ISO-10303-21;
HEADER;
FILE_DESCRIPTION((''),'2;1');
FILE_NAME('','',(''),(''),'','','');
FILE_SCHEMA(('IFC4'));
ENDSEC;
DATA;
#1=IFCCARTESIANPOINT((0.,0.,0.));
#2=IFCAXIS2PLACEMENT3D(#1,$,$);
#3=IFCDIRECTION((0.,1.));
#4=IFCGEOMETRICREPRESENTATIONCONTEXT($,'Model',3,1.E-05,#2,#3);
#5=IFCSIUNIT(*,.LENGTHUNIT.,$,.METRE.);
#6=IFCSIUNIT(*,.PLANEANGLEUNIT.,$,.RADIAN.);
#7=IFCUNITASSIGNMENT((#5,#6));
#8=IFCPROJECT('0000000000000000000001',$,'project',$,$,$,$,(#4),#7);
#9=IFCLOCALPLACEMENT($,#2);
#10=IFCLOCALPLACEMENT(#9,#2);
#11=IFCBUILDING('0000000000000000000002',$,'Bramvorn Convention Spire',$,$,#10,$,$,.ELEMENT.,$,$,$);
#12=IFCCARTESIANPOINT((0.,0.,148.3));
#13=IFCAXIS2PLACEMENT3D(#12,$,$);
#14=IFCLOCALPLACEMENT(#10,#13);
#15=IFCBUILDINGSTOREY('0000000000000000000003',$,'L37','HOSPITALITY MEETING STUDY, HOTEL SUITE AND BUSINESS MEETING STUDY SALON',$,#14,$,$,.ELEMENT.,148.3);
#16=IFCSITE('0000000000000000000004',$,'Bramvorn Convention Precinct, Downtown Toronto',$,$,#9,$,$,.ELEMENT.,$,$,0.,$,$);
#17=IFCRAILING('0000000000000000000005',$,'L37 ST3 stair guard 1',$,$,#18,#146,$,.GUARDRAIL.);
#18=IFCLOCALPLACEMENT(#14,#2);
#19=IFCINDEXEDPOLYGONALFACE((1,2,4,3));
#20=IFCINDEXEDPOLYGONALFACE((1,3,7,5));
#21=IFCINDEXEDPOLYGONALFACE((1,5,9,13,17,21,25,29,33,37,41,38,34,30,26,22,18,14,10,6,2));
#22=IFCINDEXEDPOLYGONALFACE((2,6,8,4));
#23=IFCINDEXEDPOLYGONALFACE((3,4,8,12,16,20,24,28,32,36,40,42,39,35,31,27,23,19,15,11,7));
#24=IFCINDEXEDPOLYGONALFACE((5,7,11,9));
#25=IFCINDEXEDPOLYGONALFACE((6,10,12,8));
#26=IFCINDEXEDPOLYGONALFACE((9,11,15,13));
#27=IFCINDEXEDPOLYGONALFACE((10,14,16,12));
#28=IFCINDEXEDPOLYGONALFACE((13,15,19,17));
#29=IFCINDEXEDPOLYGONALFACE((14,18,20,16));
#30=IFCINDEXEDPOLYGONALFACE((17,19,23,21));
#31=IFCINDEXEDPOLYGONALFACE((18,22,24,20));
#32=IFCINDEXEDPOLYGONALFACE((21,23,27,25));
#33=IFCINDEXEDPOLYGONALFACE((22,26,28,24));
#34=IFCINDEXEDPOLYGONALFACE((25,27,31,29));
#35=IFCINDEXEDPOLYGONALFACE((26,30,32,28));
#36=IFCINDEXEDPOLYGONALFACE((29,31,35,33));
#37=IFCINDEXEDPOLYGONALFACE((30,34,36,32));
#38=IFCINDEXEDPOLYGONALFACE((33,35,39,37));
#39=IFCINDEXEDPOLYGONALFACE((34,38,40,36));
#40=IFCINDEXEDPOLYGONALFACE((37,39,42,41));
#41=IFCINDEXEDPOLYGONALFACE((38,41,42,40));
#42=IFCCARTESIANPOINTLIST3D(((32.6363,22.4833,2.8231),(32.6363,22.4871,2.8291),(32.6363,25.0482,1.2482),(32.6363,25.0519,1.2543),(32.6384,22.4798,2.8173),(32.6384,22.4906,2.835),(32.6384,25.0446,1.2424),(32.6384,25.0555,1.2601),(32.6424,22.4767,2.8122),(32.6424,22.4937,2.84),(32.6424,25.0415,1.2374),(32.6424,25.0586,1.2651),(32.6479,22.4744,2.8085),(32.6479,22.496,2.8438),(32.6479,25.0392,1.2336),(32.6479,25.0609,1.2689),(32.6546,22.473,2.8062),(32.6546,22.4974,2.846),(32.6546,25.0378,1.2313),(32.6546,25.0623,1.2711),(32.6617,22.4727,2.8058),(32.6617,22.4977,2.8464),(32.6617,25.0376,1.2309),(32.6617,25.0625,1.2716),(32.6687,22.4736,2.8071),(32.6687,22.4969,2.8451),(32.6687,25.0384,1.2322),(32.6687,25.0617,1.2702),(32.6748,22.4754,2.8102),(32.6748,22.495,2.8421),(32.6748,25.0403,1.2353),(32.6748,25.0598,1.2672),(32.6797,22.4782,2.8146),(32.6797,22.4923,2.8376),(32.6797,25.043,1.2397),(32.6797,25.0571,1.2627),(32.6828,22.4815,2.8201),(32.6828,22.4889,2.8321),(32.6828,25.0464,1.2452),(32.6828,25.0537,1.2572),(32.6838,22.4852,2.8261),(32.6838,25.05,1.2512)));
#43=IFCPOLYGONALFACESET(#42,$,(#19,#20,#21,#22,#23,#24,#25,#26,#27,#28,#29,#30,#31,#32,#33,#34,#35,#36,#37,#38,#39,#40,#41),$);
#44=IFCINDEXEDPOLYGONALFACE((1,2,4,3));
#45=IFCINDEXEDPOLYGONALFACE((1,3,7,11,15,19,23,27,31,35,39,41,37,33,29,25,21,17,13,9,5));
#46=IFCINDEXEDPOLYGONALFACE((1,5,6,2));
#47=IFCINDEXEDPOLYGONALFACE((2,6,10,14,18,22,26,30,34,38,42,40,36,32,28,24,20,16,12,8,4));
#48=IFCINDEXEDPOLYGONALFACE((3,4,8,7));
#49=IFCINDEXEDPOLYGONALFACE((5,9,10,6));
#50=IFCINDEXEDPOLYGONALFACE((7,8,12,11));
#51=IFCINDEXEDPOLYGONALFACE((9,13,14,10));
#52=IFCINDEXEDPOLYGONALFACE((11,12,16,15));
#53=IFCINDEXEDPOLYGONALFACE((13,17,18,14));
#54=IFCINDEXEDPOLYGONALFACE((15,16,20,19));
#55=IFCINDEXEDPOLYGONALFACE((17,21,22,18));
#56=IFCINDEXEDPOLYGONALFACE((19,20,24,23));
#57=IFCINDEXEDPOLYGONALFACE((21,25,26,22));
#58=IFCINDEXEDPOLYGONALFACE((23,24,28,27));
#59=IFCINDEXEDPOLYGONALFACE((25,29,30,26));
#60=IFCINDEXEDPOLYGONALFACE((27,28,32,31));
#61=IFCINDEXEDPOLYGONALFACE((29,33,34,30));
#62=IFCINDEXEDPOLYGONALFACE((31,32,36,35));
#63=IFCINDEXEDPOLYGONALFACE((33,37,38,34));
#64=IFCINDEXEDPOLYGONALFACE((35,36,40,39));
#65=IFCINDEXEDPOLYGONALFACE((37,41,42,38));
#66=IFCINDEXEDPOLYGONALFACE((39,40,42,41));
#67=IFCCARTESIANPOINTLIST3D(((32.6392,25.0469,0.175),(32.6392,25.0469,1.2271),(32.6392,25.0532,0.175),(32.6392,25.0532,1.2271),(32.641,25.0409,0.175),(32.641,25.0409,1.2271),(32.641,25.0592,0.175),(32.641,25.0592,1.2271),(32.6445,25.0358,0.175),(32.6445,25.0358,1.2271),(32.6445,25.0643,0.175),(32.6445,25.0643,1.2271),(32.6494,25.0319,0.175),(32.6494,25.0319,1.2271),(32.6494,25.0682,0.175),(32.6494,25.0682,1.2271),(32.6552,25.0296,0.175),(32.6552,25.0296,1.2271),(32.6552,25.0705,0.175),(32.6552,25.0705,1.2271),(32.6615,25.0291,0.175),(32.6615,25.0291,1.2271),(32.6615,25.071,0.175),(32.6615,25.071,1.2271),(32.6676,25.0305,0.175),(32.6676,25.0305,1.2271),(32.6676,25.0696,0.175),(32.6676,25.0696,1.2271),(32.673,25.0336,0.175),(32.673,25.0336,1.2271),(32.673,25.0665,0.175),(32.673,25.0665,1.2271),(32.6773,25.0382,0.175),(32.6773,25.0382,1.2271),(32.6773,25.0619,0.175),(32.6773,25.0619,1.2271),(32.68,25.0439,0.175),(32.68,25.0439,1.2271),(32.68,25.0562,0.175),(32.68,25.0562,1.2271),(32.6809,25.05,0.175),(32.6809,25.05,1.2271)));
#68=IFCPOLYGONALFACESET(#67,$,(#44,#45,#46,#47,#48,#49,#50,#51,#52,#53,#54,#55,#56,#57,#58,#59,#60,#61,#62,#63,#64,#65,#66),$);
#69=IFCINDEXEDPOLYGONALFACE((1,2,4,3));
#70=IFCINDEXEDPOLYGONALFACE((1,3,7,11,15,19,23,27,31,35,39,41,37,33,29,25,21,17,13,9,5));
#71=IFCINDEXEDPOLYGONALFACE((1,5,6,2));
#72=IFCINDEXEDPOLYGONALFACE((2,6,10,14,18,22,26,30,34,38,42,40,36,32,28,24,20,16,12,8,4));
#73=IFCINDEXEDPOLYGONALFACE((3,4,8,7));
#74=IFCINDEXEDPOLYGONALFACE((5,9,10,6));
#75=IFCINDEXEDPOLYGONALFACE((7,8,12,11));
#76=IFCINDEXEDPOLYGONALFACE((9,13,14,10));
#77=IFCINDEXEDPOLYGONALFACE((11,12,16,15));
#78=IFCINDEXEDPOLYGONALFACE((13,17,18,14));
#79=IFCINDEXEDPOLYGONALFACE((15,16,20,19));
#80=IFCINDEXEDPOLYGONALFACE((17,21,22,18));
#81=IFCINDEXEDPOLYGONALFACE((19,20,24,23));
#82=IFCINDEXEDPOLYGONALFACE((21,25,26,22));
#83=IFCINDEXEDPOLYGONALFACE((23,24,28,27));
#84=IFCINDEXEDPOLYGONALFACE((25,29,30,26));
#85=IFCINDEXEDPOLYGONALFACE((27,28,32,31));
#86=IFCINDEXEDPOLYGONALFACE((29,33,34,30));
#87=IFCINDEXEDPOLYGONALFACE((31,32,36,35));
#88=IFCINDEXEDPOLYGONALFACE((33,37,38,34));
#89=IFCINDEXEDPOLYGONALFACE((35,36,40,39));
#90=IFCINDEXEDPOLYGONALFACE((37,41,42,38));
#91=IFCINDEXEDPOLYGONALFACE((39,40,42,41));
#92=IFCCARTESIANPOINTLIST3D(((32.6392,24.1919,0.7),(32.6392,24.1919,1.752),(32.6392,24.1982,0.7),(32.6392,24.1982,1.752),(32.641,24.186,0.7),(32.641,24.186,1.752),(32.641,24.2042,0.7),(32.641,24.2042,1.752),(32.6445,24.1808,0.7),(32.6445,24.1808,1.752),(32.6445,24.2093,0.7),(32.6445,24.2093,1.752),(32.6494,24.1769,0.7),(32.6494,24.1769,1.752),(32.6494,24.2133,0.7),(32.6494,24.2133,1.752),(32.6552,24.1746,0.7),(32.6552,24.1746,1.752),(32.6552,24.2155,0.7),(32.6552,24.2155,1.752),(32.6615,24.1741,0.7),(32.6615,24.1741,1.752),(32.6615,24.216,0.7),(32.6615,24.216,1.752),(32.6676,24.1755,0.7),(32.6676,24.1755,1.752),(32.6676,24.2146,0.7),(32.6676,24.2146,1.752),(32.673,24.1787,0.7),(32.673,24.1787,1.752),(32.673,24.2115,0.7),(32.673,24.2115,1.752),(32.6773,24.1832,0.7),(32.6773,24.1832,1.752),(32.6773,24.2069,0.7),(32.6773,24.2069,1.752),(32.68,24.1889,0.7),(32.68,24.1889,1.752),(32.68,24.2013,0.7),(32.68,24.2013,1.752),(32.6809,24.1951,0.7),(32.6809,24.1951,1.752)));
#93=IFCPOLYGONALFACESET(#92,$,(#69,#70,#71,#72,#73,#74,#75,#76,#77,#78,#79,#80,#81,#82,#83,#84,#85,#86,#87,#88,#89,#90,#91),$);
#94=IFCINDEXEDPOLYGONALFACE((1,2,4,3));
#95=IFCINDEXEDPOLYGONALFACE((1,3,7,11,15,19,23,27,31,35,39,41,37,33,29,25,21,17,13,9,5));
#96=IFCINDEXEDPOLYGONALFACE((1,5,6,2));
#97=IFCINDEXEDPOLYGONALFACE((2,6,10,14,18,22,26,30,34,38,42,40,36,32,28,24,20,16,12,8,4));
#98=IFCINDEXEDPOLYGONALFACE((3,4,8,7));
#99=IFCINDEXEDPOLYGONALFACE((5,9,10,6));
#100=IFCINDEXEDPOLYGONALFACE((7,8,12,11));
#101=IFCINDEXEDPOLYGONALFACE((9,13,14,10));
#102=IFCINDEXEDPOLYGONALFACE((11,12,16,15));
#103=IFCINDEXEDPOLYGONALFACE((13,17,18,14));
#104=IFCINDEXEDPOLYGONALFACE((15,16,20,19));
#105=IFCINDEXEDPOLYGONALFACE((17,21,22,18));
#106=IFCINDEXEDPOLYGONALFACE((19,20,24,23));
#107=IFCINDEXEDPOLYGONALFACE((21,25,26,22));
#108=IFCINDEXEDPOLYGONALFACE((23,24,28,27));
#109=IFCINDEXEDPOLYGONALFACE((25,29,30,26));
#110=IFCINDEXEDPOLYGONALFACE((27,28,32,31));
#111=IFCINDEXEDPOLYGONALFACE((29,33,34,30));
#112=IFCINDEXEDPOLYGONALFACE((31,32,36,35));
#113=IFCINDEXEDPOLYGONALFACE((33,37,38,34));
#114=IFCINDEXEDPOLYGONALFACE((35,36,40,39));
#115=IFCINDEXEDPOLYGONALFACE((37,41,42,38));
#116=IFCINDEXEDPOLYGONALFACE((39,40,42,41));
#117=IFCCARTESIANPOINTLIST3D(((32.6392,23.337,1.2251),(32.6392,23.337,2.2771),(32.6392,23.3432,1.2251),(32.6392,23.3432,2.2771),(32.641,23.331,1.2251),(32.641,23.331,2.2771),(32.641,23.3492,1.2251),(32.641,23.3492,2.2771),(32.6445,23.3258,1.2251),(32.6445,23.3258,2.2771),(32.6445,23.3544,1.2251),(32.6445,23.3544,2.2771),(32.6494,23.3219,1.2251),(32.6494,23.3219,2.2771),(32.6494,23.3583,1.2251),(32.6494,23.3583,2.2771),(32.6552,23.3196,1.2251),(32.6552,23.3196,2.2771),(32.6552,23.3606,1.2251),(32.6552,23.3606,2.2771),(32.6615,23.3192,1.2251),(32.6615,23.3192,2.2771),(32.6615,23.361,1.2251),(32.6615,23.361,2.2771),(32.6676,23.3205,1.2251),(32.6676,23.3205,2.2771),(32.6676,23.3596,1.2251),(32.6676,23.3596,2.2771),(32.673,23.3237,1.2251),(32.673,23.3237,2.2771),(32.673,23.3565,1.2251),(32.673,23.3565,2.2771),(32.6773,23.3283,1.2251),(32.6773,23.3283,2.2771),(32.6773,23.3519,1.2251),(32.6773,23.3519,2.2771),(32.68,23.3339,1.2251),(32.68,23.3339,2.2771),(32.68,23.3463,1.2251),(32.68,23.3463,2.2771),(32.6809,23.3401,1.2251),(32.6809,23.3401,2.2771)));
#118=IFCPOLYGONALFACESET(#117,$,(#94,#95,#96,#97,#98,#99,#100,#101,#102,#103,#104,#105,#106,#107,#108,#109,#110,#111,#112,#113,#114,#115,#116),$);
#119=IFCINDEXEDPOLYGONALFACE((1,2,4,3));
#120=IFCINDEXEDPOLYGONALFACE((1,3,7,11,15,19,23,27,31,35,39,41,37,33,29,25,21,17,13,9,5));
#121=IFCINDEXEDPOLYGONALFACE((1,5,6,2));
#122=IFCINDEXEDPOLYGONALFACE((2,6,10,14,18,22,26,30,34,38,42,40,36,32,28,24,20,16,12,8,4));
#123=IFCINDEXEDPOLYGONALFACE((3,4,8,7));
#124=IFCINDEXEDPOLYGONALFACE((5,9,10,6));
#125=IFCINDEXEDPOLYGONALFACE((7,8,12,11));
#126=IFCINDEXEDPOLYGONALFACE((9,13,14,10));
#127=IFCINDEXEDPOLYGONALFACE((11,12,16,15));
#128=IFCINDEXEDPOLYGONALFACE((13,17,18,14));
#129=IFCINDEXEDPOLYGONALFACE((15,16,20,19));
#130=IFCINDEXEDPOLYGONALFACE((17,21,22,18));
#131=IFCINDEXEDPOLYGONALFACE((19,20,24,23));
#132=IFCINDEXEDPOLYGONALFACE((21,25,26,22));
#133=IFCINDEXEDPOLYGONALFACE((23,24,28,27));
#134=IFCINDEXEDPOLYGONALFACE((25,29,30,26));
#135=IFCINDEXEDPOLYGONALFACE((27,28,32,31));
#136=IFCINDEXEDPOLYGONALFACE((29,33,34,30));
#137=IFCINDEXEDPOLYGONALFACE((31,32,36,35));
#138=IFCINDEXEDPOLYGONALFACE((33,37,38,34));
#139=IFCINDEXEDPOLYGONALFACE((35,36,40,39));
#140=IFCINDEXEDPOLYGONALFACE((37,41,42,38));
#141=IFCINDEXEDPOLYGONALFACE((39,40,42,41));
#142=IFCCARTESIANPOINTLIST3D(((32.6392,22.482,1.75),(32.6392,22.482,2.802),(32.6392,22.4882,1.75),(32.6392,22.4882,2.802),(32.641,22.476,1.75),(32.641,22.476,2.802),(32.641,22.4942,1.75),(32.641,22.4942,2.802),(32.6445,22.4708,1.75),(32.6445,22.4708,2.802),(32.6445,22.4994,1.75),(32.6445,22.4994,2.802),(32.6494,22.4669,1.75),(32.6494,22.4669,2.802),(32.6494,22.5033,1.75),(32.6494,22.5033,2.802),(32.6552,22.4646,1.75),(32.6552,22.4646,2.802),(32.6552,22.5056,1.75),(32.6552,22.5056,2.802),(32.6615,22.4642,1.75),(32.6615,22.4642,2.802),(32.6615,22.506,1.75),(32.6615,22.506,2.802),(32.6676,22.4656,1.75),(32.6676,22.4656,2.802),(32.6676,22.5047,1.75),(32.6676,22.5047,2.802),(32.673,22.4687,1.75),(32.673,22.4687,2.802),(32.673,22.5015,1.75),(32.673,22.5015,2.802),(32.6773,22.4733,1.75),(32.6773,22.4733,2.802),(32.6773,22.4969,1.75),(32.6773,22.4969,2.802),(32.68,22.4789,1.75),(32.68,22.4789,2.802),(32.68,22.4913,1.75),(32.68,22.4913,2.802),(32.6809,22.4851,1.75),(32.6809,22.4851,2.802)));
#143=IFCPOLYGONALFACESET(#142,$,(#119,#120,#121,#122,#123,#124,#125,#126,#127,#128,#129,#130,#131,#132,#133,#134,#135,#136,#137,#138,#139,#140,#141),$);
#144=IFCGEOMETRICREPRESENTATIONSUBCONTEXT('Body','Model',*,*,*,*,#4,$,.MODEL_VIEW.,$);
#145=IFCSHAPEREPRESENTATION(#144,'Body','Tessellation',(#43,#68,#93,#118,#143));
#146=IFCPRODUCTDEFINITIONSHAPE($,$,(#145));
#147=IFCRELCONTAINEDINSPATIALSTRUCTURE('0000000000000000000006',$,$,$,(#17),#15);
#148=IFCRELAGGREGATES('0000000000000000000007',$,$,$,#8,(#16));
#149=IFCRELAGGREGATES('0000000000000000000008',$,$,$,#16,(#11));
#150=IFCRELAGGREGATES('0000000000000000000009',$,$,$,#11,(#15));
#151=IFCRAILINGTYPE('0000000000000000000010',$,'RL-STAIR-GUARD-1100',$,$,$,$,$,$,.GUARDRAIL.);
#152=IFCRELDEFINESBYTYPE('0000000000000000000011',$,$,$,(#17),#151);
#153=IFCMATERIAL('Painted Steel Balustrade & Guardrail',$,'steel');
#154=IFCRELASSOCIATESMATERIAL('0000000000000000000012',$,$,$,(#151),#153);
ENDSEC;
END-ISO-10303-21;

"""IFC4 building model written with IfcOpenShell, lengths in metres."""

from ifc_helpers import new_model, si_unit, direction, frame, origin, origin_2d, place, context, subcontext, project, spatial, circle, extrude, material, type_object, element, save


model = new_model("IFC4")

# Units and contexts
model_context = context("Model", 3, precision=1e-05, world=origin(), true_north=direction((0.0, 1.0)))
body_context = subcontext(model_context, "Body", "Model", "MODEL_VIEW")
ifc_project = project(units=[si_unit("LENGTHUNIT", "METRE"), si_unit("PLANEANGLEUNIT", "RADIAN")], contexts=[model_context])

# Site, building, storey
site_placement = place(None, origin())
site = spatial("IfcSite", under=ifc_project, at=site_placement, Name="Bramvorn Convention Precinct, Downtown Toronto", CompositionType="ELEMENT", RefElevation=0.0)
building_placement = place(site_placement, origin())
building = spatial("IfcBuilding", under=site, at=building_placement, Name="Bramvorn Convention Spire", CompositionType="ELEMENT")
storey_placement = place(building_placement, frame((0.0, 0.0, 148.3)))
storey = spatial("IfcBuildingStorey", under=building, at=storey_placement, Name="L37", Description="HOSPITALITY MEETING STUDY, HOTEL SUITE AND BUSINESS MEETING STUDY SALON", CompositionType="ELEMENT", Elevation=148.3)

# Railing
ifc_material_1 = material(Name="Painted Steel Balustrade & Guardrail", Category="steel")
railing_type_1 = type_object("IfcRailingType", Name="RL-STAIR-GUARD-1100", PredefinedType="GUARDRAIL", material=ifc_material_1)
railing_1_placement = place(storey_placement, frame((32.6599, 25.05, 0.175)))
element("IfcRailing", 1, at=railing_1_placement, inside=storey, type_object=railing_type_1, Name="L37 ST3 stair guard 1", PredefinedType="GUARDRAIL", context=body_context, shape_type="SweptSolid", body=[
    extrude(circle(Radius=0.0239, at=origin_2d()), frame((0.0, 0.0, 1.0762), z_axis=(0.0, -0.852173, 0.52326), x_axis=(1.0, 0.0, 0.0)), (0.0, 0.0, 1.0), 3.0098),
    extrude(circle(Radius=0.021, at=origin_2d()), origin(), (0.0, 0.0, 1.0), 1.052),
    extrude(circle(Radius=0.021, at=origin_2d()), frame((0.0, -0.855, 0.5249)), (0.0, 0.0, 1.0), 1.052),
    extrude(circle(Radius=0.021, at=origin_2d()), frame((0.0, -1.71, 1.05)), (0.0, 0.0, 1.0), 1.052),
    extrude(circle(Radius=0.021, at=origin_2d()), frame((0.0, -2.5649, 1.575)), (0.0, 0.0, 1.0), 1.052),
])

save(model, "model.ifc")
